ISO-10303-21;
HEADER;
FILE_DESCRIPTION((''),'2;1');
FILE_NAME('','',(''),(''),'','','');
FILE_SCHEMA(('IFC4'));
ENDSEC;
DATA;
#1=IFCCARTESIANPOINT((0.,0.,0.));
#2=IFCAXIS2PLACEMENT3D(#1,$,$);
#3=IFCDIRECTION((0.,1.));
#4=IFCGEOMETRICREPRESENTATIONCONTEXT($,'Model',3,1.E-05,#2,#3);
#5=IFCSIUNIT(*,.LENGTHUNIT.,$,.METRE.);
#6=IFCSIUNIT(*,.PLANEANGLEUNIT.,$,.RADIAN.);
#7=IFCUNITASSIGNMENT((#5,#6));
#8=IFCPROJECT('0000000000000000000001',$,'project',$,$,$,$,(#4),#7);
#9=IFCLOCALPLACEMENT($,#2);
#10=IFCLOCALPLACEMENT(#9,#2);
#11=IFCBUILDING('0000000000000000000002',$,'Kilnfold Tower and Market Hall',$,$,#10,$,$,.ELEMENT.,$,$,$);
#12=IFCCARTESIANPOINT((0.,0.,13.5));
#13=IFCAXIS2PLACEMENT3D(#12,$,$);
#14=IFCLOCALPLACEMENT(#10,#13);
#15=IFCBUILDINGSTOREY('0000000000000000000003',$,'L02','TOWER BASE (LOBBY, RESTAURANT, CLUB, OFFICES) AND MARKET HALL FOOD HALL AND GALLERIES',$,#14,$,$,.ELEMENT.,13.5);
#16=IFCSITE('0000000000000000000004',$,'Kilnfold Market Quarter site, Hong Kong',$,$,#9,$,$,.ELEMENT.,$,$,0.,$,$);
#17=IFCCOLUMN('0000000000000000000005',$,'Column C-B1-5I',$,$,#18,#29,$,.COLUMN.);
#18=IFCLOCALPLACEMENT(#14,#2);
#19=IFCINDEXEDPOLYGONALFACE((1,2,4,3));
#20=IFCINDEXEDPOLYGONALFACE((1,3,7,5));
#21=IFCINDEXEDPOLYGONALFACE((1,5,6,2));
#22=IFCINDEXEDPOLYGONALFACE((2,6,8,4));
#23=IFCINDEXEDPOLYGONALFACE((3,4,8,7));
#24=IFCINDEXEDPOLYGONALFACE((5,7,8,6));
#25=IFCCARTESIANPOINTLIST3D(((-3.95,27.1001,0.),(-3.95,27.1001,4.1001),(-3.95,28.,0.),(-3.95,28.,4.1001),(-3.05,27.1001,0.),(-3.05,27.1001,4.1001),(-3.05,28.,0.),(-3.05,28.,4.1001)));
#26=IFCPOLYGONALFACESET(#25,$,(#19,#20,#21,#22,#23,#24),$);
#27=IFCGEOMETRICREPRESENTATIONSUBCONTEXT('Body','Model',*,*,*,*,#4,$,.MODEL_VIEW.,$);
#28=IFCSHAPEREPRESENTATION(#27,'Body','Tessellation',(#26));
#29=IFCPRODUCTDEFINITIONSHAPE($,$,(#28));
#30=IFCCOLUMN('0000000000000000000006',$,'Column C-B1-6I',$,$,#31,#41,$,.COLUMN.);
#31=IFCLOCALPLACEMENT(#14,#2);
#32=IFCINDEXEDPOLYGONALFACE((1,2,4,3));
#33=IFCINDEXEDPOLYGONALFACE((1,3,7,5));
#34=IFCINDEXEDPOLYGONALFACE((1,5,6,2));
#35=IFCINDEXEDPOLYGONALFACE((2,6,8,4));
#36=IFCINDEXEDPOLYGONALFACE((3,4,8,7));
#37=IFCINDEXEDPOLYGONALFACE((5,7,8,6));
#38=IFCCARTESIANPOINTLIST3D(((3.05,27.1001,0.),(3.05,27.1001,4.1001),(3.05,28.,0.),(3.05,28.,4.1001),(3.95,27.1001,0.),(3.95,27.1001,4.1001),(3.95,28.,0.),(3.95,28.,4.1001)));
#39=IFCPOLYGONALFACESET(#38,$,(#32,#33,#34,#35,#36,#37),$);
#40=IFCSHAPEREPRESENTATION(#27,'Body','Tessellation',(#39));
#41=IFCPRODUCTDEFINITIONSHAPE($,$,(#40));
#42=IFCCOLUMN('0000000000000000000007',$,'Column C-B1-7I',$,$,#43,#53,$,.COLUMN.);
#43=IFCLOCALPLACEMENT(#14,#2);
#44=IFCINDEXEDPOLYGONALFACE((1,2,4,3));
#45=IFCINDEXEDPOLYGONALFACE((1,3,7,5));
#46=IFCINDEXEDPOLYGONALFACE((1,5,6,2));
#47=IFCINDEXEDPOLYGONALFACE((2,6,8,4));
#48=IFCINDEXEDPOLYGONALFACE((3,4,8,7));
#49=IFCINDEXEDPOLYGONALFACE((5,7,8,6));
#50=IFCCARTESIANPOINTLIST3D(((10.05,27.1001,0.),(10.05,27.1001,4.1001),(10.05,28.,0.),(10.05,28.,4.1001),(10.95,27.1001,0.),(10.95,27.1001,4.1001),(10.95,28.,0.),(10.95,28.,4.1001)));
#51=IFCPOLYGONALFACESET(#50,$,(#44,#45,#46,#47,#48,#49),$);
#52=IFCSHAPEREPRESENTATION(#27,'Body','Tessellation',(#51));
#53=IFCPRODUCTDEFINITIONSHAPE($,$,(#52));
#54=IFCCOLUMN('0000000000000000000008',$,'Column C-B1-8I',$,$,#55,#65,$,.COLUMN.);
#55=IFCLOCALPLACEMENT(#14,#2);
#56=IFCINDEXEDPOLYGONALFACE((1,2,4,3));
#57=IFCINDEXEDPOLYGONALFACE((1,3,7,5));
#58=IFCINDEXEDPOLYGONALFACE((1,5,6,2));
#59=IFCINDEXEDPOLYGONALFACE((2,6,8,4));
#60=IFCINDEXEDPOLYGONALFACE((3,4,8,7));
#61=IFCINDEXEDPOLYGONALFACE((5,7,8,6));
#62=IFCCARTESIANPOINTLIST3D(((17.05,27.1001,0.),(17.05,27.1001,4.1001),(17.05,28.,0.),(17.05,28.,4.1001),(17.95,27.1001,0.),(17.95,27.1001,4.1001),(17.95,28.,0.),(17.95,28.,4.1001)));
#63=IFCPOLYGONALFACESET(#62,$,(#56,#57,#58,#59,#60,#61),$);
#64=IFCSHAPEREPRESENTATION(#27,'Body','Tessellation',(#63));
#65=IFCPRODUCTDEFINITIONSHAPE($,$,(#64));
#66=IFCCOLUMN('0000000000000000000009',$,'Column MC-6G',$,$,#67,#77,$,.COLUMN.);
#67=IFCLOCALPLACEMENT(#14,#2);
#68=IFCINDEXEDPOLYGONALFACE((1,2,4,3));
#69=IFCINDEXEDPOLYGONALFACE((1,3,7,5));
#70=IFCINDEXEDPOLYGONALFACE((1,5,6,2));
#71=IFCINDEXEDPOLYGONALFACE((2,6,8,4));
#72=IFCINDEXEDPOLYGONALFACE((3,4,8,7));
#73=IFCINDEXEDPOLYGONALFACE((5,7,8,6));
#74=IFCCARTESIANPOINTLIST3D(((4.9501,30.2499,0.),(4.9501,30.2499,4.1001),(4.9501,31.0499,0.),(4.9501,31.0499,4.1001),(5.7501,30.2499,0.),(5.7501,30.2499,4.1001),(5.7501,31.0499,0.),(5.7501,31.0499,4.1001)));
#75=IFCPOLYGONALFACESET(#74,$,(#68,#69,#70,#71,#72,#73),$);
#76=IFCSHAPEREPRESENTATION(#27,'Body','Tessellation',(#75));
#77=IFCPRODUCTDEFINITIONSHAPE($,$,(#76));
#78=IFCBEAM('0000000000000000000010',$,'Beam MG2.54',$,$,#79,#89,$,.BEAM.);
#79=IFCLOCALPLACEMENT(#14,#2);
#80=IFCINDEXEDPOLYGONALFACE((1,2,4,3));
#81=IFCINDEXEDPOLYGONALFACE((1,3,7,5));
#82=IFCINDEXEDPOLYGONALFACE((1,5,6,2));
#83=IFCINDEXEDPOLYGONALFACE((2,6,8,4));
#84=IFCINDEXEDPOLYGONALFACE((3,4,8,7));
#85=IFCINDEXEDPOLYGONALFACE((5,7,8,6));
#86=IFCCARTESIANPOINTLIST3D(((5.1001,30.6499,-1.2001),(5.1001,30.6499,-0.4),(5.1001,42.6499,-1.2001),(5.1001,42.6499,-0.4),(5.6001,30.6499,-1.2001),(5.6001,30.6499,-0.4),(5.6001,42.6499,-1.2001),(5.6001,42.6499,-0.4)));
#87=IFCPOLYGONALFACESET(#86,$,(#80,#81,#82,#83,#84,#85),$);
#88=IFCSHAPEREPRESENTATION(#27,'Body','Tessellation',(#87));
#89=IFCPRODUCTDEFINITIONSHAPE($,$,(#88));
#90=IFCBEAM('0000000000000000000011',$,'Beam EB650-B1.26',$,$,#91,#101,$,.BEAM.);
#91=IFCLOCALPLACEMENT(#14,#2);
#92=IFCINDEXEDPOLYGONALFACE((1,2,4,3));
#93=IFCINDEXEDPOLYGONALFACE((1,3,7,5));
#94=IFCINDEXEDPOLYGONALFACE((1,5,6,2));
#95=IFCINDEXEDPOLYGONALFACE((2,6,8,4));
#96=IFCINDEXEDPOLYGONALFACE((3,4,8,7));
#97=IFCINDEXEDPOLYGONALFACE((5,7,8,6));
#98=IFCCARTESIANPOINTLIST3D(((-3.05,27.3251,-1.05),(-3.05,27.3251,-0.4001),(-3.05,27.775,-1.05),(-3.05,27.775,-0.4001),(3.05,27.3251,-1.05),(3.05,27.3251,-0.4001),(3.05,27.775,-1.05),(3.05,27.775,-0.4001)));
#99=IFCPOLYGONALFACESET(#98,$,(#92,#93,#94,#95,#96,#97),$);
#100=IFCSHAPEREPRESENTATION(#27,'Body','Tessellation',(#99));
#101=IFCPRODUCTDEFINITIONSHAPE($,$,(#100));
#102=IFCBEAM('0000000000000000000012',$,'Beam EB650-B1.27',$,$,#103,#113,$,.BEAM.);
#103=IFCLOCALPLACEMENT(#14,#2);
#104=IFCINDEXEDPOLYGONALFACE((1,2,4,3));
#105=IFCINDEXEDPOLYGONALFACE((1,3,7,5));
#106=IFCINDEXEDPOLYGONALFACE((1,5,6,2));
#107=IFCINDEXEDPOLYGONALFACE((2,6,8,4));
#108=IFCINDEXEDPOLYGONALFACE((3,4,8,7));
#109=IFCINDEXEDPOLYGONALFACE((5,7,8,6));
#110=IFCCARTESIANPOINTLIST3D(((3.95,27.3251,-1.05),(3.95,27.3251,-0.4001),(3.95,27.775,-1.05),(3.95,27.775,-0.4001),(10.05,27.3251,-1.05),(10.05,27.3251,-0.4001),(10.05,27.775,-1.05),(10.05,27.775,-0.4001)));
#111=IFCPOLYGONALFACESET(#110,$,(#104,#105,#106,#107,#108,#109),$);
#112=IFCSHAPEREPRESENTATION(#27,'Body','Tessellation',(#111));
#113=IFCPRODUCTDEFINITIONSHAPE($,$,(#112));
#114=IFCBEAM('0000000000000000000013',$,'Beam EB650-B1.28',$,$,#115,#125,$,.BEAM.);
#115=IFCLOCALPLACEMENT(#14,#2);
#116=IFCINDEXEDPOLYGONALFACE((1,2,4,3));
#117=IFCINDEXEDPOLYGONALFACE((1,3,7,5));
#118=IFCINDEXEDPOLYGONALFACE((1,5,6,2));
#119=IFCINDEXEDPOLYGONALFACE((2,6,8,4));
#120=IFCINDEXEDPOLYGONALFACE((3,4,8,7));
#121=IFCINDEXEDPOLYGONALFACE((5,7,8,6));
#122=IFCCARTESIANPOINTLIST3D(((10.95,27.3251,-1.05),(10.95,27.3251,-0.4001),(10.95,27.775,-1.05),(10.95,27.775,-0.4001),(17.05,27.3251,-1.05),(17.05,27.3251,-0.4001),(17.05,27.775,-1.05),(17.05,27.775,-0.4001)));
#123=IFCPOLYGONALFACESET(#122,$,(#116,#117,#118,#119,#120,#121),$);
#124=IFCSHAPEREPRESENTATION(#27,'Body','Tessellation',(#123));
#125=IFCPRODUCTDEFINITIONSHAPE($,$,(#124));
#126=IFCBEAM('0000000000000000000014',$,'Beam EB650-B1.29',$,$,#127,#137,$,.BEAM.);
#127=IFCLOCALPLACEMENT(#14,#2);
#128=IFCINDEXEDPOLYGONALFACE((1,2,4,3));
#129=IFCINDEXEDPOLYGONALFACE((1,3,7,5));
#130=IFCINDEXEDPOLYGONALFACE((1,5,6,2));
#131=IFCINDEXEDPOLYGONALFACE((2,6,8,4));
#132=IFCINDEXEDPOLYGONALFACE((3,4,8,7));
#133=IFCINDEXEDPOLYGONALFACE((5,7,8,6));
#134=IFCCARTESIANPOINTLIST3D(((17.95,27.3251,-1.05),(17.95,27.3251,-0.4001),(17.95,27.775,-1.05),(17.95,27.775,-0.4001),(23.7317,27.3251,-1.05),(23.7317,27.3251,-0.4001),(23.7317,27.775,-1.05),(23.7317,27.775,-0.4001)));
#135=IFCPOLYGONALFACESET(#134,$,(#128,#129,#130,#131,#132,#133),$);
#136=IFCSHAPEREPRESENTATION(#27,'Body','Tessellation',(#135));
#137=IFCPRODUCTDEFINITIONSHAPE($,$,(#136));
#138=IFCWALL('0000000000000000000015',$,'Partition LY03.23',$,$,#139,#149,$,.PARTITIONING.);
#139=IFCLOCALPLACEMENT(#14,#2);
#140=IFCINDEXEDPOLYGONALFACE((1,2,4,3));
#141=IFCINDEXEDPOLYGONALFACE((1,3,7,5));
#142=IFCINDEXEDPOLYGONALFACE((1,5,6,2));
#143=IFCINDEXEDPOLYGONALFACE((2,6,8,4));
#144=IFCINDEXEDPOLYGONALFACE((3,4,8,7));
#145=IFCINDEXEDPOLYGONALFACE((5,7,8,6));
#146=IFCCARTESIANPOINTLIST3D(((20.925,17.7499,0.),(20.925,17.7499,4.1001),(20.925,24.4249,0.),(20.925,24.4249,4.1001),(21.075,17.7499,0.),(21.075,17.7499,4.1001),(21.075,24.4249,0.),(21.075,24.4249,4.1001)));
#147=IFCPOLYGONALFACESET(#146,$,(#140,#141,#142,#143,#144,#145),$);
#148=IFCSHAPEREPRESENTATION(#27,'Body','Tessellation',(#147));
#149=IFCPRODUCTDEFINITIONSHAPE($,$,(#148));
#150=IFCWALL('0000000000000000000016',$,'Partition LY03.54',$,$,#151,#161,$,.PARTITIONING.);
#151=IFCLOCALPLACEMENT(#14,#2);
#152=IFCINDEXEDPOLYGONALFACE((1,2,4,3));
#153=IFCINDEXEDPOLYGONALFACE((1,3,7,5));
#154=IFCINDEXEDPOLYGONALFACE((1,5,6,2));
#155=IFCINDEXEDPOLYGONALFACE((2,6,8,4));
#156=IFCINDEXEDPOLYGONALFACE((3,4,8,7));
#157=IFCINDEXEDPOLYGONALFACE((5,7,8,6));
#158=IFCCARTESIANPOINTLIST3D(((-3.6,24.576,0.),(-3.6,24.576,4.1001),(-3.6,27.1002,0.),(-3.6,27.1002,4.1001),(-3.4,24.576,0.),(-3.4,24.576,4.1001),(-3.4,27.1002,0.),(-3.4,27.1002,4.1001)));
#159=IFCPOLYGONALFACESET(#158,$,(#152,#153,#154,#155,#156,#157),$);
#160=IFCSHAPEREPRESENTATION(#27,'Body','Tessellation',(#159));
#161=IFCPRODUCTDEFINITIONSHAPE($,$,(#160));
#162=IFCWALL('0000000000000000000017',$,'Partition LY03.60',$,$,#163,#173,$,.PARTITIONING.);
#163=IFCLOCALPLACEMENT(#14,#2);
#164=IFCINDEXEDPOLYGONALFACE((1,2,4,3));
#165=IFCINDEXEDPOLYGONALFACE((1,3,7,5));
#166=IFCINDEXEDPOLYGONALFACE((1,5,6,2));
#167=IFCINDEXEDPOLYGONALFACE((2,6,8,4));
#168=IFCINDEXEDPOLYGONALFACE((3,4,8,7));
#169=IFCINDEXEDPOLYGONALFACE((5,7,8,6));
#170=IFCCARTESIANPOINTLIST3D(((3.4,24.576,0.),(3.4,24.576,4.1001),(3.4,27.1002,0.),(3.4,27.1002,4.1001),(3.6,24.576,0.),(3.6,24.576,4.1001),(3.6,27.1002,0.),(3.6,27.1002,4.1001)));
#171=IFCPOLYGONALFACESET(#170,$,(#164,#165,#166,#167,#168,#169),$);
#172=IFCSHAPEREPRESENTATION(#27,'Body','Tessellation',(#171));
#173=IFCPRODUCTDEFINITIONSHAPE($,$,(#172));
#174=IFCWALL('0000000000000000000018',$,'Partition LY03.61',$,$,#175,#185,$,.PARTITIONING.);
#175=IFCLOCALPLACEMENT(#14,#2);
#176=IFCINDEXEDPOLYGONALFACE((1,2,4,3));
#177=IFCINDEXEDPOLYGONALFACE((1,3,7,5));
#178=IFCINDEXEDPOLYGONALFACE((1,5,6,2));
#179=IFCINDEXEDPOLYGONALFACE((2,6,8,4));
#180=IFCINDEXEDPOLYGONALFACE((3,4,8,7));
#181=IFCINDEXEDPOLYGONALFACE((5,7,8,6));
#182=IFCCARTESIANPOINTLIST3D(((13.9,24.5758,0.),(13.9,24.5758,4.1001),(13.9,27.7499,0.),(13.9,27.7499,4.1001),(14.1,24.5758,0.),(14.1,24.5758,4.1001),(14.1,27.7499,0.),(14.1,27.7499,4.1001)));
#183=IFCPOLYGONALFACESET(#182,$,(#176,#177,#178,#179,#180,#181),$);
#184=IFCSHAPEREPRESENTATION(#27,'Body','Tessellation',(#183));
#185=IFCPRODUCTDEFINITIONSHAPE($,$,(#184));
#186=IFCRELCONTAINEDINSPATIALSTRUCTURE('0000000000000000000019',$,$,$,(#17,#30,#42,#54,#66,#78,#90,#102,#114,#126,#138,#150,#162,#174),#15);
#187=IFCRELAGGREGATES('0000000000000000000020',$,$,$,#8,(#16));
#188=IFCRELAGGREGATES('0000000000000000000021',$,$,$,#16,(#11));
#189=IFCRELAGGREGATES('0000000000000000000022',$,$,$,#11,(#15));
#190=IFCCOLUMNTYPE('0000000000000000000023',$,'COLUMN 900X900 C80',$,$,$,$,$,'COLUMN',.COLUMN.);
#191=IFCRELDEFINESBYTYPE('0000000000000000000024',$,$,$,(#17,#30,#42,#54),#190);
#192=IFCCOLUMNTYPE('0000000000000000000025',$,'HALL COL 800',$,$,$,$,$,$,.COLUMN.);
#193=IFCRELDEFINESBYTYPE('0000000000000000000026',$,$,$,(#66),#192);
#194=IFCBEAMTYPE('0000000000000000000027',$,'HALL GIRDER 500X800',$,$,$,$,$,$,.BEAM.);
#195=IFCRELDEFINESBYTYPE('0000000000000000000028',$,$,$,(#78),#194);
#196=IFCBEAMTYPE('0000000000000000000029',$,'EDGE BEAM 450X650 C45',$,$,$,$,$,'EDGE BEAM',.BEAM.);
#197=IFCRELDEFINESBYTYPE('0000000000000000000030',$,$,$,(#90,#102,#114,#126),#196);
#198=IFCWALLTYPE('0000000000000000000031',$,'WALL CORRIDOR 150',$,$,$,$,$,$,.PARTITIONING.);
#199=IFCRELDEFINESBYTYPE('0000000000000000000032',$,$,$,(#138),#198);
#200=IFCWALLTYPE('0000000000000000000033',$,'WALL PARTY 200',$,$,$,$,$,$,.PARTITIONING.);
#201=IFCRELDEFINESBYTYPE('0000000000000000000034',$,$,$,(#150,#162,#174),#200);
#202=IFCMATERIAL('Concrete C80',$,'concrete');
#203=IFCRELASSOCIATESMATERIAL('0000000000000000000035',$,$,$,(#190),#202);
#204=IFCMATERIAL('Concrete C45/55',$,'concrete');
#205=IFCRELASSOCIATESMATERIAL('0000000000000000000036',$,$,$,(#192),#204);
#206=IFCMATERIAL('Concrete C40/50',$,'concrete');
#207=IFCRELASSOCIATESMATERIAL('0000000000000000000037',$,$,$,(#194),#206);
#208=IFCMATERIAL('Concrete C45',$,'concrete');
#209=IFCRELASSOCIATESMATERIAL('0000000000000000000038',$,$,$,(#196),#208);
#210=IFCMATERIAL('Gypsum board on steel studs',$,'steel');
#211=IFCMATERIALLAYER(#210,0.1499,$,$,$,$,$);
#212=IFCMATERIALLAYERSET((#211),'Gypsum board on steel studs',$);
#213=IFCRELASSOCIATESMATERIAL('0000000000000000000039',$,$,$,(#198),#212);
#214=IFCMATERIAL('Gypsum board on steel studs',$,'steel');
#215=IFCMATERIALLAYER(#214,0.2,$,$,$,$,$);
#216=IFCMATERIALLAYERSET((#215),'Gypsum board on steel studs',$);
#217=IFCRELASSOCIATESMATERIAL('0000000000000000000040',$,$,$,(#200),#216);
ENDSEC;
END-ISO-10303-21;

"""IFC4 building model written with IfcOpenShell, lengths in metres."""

from ifc_helpers import new_model, si_unit, direction, frame, frame_2d, origin, origin_2d, place, context, subcontext, project, spatial, rectangle, extrude, source, transform, mapped, material, layer, layer_set, material_profile, profile_set, type_object, element, save


model = new_model("IFC4")

# Units and contexts
model_context = context("Model", 3, precision=1e-05, world=origin(), true_north=direction((0.0, 1.0)))
body_context = subcontext(model_context, "Body", "Model", "MODEL_VIEW")
ifc_project = project(units=[si_unit("LENGTHUNIT", "METRE"), si_unit("PLANEANGLEUNIT", "RADIAN")], contexts=[model_context])

# Site, building, storey
site_placement = place(None, origin())
site = spatial("IfcSite", under=ifc_project, at=site_placement, Name="Kilnfold Market Quarter site, Hong Kong", CompositionType="ELEMENT", RefElevation=0.0)
building_placement = place(site_placement, origin())
building = spatial("IfcBuilding", under=site, at=building_placement, Name="Kilnfold Tower and Market Hall", CompositionType="ELEMENT")
storey_placement = place(building_placement, frame((0.0, 0.0, 13.5)))
storey = spatial("IfcBuildingStorey", under=building, at=storey_placement, Name="L02", Description="TOWER BASE (LOBBY, RESTAURANT, CLUB, OFFICES) AND MARKET HALL FOOD HALL AND GALLERIES", CompositionType="ELEMENT", Elevation=13.5)

# Columns
ifc_material_1 = material(Name="Concrete C80", Category="concrete")
ifc_material_profile_1 = material_profile(ifc_material_1, rectangle(XDim=0.8999, YDim=0.8999, at=origin_2d()), Name="RC 900x900")
ifc_profile_set_1 = profile_set([ifc_material_profile_1], Name="Concrete C80")
column_type_1 = type_object("IfcColumnType", Name="COLUMN 900X900 C80", ElementType="COLUMN", PredefinedType="COLUMN", material=ifc_profile_set_1)
shared_shape_1 = source(origin(), body_context, "Body", "SweptSolid", [
    extrude(rectangle(XDim=0.8999, YDim=0.8999, at=origin_2d()), origin(), (0.0, 0.0, 1.0), 4.1001),
])
for number, where, z_axis, x_axis, name in (
    (1, (-3.5, 27.55, 0.0), (0.0, 0.0, 1.0), (1.0, 0.0, 0.0), "Column C-B1-5I"),
    (2, (3.5, 27.55, 0.0), (0.0, 0.0, 1.0), (1.0, 0.0, 0.0), "Column C-B1-6I"),
    (3, (10.5, 27.55, 0.0), (0.0, 0.0, 1.0), (1.0, 0.0, 0.0), "Column C-B1-7I"),
    (4, (17.5, 27.55, 0.0), (0.0, 0.0, 1.0), (1.0, 0.0, 0.0), "Column C-B1-8I"),
):
    element("IfcColumn", number, at=place(storey_placement, frame(where, z_axis=z_axis, x_axis=x_axis)), inside=storey, type_object=column_type_1, Name=name, PredefinedType="COLUMN", context=body_context, shape_type="MappedRepresentation", body=[
        mapped(shared_shape_1, transform((0.0, 0.0, 0.0))),
    ])
ifc_material_2 = material(Name="Concrete C45/55", Category="concrete")
ifc_material_profile_2 = material_profile(ifc_material_2, rectangle(XDim=0.8, YDim=0.8, at=origin_2d()), Name="RC 800x800")
ifc_profile_set_2 = profile_set([ifc_material_profile_2], Name="Concrete C45/55")
column_type_2 = type_object("IfcColumnType", Name="HALL COL 800", PredefinedType="COLUMN", material=ifc_profile_set_2)
shared_shape_2 = source(origin(), body_context, "Body", "SweptSolid", [
    extrude(rectangle(XDim=0.8, YDim=0.8, at=origin_2d()), origin(), (0.0, 0.0, 1.0), 4.1001),
])
column_placement = place(storey_placement, frame((5.3501, 30.6499, 0.0), z_axis=(0.0, 0.0, 1.0), x_axis=(1.0, 0.0, 0.0)))
element("IfcColumn", 5, at=column_placement, inside=storey, type_object=column_type_2, Name="Column MC-6G", PredefinedType="COLUMN", context=body_context, shape_type="MappedRepresentation", body=[
    mapped(shared_shape_2, transform((0.0, 0.0, 0.0))),
])

# Beams
ifc_material_3 = material(Name="Concrete C40/50", Category="concrete")
ifc_material_profile_3 = material_profile(ifc_material_3, rectangle(XDim=0.5, YDim=0.8, at=origin_2d()), Name="RC 500x800")
ifc_profile_set_3 = profile_set([ifc_material_profile_3], Name="Concrete C40/50")
beam_type_1 = type_object("IfcBeamType", Name="HALL GIRDER 500X800", PredefinedType="BEAM", material=ifc_profile_set_3)
beam_1_placement = place(storey_placement, frame((5.3501, 30.6499, -0.8), z_axis=(0.0, 1.0, 0.0), x_axis=(-1.0, 0.0, 0.0)))
element("IfcBeam", 6, at=beam_1_placement, inside=storey, type_object=beam_type_1, Name="Beam MG2.54", PredefinedType="BEAM", context=body_context, shape_type="SweptSolid", body=[
    extrude(rectangle(XDim=0.5, YDim=0.8, at=origin_2d()), origin(), (0.0, 0.0, 1.0), 12.0),
])
ifc_material_4 = material(Name="Concrete C45", Category="concrete")
ifc_material_profile_4 = material_profile(ifc_material_4, rectangle(XDim=0.45, YDim=0.6499, at=origin_2d()), Name="RC 450x650")
ifc_profile_set_4 = profile_set([ifc_material_profile_4], Name="Concrete C45")
beam_type_2 = type_object("IfcBeamType", Name="EDGE BEAM 450X650 C45", ElementType="EDGE BEAM", PredefinedType="BEAM", material=ifc_profile_set_4)
shared_shape_3 = source(origin(), body_context, "Body", "SweptSolid", [
    extrude(rectangle(XDim=0.45, YDim=0.6499, at=origin_2d()), origin(), (0.0, 0.0, 1.0), 6.1001),
])
for number, where, z_axis, x_axis, name in (
    (7, (-3.05, 27.55, -0.7251), (1.0, 0.0, 0.0), (0.0, 1.0, 0.0), "Beam EB650-B1.26"),
    (8, (3.95, 27.55, -0.7251), (1.0, 0.0, 0.0), (0.0, 1.0, 0.0), "Beam EB650-B1.27"),
    (9, (10.95, 27.55, -0.7251), (1.0, 0.0, 0.0), (0.0, 1.0, 0.0), "Beam EB650-B1.28"),
):
    element("IfcBeam", number, at=place(storey_placement, frame(where, z_axis=z_axis, x_axis=x_axis)), inside=storey, type_object=beam_type_2, Name=name, PredefinedType="BEAM", context=body_context, shape_type="MappedRepresentation", body=[
        mapped(shared_shape_3, transform((0.0, 0.0, 0.0))),
    ])
shared_shape_4 = source(origin(), body_context, "Body", "SweptSolid", [
    extrude(rectangle(XDim=0.45, YDim=0.6499, at=origin_2d()), origin(), (0.0, 0.0, 1.0), 5.7817),
])
beam_2_placement = place(storey_placement, frame((17.95, 27.55, -0.7251), z_axis=(1.0, 0.0, 0.0), x_axis=(0.0, 1.0, 0.0)))
element("IfcBeam", 10, at=beam_2_placement, inside=storey, type_object=beam_type_2, Name="Beam EB650-B1.29", PredefinedType="BEAM", context=body_context, shape_type="MappedRepresentation", body=[
    mapped(shared_shape_4, transform((0.0, 0.0, 0.0))),
])

# Walls
ifc_material_5 = material(Name="Gypsum board on steel studs", Category="steel")
ifc_layer_1 = layer(ifc_material_5, 0.1499)
ifc_layer_set_1 = layer_set([ifc_layer_1], Name="Gypsum board on steel studs")
wall_type_1 = type_object("IfcWallType", Name="WALL CORRIDOR 150", PredefinedType="PARTITIONING", material=ifc_layer_set_1)
wall_1_placement = place(storey_placement, frame((21.0, 17.75, 0.0), z_axis=(0.0, 0.0, 1.0), x_axis=(0.0, 1.0, 0.0)))
element("IfcWall", 11, at=wall_1_placement, inside=storey, type_object=wall_type_1, Name="Partition LY03.23", PredefinedType="PARTITIONING", context=body_context, shape_type="SweptSolid", body=[
    extrude(rectangle(XDim=6.675, YDim=0.1499, at=frame_2d((3.3374, 0.0))), origin(), (0.0, 0.0, 1.0), 4.1001),
])
ifc_material_6 = material(Name="Gypsum board on steel studs", Category="steel")
ifc_layer_2 = layer(ifc_material_6, 0.2)
ifc_layer_set_2 = layer_set([ifc_layer_2], Name="Gypsum board on steel studs")
wall_type_2 = type_object("IfcWallType", Name="WALL PARTY 200", PredefinedType="PARTITIONING", material=ifc_layer_set_2)
for number, where, z_axis, x_axis, name in (
    (12, (-3.5, 24.5759, 0.0), (0.0, 0.0, 1.0), (0.0, 1.0, 0.0), "Partition LY03.54"),
    (13, (3.5, 24.5759, 0.0), (0.0, 0.0, 1.0), (0.0, 1.0, 0.0), "Partition LY03.60"),
):
    element("IfcWall", number, at=place(storey_placement, frame(where, z_axis=z_axis, x_axis=x_axis)), inside=storey, type_object=wall_type_2, Name=name, PredefinedType="PARTITIONING", context=body_context, shape_type="SweptSolid", body=[
        extrude(rectangle(XDim=2.5242, YDim=0.2, at=frame_2d((1.2622, 0.0))), origin(), (0.0, 0.0, 1.0), 4.1001),
    ])
wall_2_placement = place(storey_placement, frame((14.0, 24.5759, 0.0), z_axis=(0.0, 0.0, 1.0), x_axis=(0.0, 1.0, 0.0)))
element("IfcWall", 14, at=wall_2_placement, inside=storey, type_object=wall_type_2, Name="Partition LY03.61", PredefinedType="PARTITIONING", context=body_context, shape_type="SweptSolid", body=[
    extrude(rectangle(XDim=3.1741, YDim=0.2, at=frame_2d((1.5869, 0.0))), origin(), (0.0, 0.0, 1.0), 4.1001),
])

save(model, "model.ifc")
